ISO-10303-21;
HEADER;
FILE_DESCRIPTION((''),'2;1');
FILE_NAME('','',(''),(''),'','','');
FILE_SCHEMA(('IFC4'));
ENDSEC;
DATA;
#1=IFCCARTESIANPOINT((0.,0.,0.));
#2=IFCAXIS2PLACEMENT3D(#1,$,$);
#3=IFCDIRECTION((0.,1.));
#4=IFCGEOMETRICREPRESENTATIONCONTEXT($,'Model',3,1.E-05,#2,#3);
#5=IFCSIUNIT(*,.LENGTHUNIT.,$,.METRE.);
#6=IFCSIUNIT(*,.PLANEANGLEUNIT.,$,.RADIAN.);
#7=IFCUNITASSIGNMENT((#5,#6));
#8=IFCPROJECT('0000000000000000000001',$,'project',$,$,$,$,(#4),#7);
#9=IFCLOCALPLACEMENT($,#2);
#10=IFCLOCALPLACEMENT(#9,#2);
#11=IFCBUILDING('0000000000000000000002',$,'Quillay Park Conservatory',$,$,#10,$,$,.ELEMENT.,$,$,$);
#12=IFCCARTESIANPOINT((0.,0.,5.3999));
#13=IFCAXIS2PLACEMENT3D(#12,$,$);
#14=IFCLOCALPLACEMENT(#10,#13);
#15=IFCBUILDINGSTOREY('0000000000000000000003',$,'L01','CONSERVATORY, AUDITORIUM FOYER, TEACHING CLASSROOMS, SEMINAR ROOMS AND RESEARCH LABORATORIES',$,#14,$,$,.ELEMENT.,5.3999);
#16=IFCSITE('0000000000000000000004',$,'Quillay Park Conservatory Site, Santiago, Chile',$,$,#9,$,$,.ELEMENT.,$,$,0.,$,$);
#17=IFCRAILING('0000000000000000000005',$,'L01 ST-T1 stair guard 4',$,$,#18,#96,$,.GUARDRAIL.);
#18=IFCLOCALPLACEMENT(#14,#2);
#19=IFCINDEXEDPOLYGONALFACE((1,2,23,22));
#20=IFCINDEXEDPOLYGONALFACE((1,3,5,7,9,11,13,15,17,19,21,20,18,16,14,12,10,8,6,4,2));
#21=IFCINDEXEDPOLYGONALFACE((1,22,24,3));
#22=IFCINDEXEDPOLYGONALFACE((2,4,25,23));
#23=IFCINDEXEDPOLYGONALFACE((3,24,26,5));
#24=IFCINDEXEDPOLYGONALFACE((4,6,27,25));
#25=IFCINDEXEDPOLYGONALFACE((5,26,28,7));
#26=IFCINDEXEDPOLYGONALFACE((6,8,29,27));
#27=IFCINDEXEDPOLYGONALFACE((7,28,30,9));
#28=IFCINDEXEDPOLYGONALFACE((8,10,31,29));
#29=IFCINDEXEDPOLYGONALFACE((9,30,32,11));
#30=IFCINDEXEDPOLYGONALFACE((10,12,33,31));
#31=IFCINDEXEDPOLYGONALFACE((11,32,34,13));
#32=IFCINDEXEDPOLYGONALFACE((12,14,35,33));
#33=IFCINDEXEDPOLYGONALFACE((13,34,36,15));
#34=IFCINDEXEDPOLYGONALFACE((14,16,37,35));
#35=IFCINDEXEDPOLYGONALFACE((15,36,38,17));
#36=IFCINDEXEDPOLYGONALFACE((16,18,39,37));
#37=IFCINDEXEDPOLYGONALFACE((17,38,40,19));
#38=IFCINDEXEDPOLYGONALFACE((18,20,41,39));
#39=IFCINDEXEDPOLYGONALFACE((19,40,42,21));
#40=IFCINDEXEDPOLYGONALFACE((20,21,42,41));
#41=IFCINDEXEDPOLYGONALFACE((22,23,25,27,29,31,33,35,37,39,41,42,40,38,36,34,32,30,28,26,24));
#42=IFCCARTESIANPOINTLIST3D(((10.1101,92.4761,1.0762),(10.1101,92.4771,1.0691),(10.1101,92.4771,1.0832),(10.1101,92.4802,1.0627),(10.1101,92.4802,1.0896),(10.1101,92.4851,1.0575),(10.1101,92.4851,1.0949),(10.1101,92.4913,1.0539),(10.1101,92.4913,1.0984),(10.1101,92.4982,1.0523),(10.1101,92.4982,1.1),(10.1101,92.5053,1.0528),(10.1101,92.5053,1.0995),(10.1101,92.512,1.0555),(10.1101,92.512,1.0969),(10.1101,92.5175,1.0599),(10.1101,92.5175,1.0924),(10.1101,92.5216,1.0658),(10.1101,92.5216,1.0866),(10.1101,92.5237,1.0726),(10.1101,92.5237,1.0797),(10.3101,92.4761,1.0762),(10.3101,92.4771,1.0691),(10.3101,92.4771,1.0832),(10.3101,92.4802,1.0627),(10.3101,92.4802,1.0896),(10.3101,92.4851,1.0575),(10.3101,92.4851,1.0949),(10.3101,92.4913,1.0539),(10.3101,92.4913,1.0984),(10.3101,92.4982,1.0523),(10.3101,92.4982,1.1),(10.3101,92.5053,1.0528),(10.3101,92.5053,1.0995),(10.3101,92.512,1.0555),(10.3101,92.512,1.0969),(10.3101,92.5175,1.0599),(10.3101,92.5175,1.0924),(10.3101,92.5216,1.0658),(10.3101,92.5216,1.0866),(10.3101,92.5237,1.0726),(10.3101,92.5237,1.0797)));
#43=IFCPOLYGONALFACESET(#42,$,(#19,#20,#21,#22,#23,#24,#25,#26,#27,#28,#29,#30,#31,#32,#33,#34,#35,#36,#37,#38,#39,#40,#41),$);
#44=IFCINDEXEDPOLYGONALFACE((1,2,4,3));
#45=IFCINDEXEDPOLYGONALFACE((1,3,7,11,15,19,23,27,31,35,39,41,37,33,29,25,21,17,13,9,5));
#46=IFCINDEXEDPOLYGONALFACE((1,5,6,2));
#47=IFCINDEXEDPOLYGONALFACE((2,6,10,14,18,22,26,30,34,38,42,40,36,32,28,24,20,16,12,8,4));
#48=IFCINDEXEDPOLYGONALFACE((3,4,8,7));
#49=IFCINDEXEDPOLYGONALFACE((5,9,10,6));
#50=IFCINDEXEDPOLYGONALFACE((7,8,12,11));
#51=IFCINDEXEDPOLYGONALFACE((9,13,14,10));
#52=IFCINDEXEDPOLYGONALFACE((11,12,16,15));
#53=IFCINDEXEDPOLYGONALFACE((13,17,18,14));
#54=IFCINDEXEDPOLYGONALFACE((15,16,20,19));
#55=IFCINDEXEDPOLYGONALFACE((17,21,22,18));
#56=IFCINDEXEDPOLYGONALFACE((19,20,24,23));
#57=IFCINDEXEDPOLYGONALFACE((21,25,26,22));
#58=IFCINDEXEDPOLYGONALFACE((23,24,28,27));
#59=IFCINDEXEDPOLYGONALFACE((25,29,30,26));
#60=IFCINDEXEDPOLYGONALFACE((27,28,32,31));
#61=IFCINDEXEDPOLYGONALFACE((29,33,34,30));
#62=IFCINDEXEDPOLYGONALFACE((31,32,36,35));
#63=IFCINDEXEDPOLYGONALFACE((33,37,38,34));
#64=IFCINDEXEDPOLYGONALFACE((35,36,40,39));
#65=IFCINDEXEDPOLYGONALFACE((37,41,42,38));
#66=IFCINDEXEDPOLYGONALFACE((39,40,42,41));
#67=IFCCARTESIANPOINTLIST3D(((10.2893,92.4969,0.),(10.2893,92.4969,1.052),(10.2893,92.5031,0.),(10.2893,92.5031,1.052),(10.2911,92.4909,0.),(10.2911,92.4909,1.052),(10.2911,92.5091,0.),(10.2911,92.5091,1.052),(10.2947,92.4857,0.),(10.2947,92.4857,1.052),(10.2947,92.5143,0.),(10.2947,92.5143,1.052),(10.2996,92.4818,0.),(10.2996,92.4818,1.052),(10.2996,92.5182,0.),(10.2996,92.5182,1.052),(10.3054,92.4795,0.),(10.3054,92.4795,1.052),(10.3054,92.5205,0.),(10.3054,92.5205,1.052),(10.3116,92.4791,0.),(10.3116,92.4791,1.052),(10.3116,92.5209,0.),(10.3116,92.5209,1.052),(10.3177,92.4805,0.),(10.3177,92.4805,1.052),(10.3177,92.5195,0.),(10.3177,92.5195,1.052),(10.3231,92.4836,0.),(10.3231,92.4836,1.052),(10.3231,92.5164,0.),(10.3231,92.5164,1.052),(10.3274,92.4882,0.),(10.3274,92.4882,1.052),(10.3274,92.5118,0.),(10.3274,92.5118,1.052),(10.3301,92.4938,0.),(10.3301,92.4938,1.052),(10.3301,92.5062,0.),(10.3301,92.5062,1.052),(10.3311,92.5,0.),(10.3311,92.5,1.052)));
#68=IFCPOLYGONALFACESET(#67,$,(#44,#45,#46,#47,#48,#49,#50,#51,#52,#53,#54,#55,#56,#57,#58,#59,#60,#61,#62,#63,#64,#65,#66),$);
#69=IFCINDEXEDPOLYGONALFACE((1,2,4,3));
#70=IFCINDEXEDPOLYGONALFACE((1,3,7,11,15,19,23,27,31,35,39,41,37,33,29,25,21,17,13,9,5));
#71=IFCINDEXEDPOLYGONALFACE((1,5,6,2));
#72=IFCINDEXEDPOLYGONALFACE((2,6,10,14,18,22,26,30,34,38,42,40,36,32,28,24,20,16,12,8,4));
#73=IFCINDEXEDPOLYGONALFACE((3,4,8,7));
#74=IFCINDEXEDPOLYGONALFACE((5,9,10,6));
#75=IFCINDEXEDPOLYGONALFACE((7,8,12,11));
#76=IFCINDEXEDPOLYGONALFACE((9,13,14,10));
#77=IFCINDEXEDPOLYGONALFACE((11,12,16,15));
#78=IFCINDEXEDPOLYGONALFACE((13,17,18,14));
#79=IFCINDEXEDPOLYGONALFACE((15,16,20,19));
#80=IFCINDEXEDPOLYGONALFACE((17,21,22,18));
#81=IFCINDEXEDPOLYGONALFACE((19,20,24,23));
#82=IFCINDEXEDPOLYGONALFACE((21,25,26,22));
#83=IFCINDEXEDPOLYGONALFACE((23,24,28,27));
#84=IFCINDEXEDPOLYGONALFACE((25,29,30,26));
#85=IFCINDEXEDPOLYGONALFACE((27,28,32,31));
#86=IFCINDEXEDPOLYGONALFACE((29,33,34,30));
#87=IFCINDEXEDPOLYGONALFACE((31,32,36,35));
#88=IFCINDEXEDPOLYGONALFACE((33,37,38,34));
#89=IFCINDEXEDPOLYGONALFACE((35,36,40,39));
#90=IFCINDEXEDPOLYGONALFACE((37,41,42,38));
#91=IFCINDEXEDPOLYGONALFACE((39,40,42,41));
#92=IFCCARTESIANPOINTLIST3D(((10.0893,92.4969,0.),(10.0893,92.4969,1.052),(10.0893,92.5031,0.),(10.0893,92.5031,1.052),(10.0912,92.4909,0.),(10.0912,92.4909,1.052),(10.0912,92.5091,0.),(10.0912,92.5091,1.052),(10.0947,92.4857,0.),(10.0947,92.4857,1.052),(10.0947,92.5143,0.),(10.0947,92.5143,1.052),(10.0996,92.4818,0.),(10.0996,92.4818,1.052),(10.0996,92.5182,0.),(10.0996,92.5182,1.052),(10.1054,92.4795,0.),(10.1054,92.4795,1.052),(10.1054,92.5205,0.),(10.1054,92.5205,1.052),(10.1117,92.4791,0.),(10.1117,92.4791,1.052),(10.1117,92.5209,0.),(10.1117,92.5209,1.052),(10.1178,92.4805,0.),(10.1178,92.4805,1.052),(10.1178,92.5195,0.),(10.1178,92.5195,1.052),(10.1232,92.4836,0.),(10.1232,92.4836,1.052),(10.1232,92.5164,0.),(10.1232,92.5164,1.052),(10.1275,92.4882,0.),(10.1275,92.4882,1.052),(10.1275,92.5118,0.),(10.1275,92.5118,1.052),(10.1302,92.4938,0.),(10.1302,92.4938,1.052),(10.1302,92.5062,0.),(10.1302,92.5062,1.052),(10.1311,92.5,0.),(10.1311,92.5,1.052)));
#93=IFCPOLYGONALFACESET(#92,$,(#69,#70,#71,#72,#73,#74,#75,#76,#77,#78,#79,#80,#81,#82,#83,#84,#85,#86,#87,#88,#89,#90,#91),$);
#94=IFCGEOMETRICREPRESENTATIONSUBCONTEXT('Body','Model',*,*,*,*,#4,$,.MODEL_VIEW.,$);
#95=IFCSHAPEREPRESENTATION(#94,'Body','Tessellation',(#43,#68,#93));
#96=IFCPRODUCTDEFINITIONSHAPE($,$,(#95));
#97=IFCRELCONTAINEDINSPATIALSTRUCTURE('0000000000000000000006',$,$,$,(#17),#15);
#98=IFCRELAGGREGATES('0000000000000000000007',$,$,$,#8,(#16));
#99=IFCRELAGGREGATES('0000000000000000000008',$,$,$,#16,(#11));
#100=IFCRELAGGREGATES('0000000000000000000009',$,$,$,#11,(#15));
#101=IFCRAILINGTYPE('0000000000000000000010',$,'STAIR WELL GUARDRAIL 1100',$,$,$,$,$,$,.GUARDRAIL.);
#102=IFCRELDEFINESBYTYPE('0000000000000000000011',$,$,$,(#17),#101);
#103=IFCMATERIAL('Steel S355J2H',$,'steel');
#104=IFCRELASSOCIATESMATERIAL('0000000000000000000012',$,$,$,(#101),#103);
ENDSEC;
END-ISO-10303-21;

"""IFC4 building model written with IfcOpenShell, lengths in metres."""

from ifc_helpers import new_model, si_unit, direction, frame, origin, origin_2d, place, context, subcontext, project, spatial, circle, extrude, material, type_object, element, save


model = new_model("IFC4")

# Units and contexts
model_context = context("Model", 3, precision=1e-05, world=origin(), true_north=direction((0.0, 1.0)))
body_context = subcontext(model_context, "Body", "Model", "MODEL_VIEW")
ifc_project = project(units=[si_unit("LENGTHUNIT", "METRE"), si_unit("PLANEANGLEUNIT", "RADIAN")], contexts=[model_context])

# Site, building, storey
site_placement = place(None, origin())
site = spatial("IfcSite", under=ifc_project, at=site_placement, Name="Quillay Park Conservatory Site, Santiago, Chile", CompositionType="ELEMENT", RefElevation=0.0)
building_placement = place(site_placement, origin())
building = spatial("IfcBuilding", under=site, at=building_placement, Name="Quillay Park Conservatory", CompositionType="ELEMENT")
storey_placement = place(building_placement, frame((0.0, 0.0, 5.3999)))
storey = spatial("IfcBuildingStorey", under=building, at=storey_placement, Name="L01", Description="CONSERVATORY, AUDITORIUM FOYER, TEACHING CLASSROOMS, SEMINAR ROOMS AND RESEARCH LABORATORIES", CompositionType="ELEMENT", Elevation=5.3999)

# Railing
ifc_material_1 = material(Name="Steel S355J2H", Category="steel")
railing_type_1 = type_object("IfcRailingType", Name="STAIR WELL GUARDRAIL 1100", PredefinedType="GUARDRAIL", material=ifc_material_1)
railing_1_placement = place(storey_placement, frame((10.3101, 92.5, 0.0)))
element("IfcRailing", 1, at=railing_1_placement, inside=storey, type_object=railing_type_1, Name="L01 ST-T1 stair guard 4", PredefinedType="GUARDRAIL", context=body_context, shape_type="SweptSolid", body=[
    extrude(circle(Radius=0.0239, at=origin_2d()), frame((0.0, 0.0, 1.0762), z_axis=(-1.0, 0.0, 0.0), x_axis=(0.0, -1.0, 0.0)), (0.0, 0.0, 1.0), 0.2),
    extrude(circle(Radius=0.021, at=origin_2d()), origin(), (0.0, 0.0, 1.0), 1.052),
    extrude(circle(Radius=0.021, at=origin_2d()), frame((-0.2, 0.0, 0.0)), (0.0, 0.0, 1.0), 1.052),
])

save(model, "model.ifc")
